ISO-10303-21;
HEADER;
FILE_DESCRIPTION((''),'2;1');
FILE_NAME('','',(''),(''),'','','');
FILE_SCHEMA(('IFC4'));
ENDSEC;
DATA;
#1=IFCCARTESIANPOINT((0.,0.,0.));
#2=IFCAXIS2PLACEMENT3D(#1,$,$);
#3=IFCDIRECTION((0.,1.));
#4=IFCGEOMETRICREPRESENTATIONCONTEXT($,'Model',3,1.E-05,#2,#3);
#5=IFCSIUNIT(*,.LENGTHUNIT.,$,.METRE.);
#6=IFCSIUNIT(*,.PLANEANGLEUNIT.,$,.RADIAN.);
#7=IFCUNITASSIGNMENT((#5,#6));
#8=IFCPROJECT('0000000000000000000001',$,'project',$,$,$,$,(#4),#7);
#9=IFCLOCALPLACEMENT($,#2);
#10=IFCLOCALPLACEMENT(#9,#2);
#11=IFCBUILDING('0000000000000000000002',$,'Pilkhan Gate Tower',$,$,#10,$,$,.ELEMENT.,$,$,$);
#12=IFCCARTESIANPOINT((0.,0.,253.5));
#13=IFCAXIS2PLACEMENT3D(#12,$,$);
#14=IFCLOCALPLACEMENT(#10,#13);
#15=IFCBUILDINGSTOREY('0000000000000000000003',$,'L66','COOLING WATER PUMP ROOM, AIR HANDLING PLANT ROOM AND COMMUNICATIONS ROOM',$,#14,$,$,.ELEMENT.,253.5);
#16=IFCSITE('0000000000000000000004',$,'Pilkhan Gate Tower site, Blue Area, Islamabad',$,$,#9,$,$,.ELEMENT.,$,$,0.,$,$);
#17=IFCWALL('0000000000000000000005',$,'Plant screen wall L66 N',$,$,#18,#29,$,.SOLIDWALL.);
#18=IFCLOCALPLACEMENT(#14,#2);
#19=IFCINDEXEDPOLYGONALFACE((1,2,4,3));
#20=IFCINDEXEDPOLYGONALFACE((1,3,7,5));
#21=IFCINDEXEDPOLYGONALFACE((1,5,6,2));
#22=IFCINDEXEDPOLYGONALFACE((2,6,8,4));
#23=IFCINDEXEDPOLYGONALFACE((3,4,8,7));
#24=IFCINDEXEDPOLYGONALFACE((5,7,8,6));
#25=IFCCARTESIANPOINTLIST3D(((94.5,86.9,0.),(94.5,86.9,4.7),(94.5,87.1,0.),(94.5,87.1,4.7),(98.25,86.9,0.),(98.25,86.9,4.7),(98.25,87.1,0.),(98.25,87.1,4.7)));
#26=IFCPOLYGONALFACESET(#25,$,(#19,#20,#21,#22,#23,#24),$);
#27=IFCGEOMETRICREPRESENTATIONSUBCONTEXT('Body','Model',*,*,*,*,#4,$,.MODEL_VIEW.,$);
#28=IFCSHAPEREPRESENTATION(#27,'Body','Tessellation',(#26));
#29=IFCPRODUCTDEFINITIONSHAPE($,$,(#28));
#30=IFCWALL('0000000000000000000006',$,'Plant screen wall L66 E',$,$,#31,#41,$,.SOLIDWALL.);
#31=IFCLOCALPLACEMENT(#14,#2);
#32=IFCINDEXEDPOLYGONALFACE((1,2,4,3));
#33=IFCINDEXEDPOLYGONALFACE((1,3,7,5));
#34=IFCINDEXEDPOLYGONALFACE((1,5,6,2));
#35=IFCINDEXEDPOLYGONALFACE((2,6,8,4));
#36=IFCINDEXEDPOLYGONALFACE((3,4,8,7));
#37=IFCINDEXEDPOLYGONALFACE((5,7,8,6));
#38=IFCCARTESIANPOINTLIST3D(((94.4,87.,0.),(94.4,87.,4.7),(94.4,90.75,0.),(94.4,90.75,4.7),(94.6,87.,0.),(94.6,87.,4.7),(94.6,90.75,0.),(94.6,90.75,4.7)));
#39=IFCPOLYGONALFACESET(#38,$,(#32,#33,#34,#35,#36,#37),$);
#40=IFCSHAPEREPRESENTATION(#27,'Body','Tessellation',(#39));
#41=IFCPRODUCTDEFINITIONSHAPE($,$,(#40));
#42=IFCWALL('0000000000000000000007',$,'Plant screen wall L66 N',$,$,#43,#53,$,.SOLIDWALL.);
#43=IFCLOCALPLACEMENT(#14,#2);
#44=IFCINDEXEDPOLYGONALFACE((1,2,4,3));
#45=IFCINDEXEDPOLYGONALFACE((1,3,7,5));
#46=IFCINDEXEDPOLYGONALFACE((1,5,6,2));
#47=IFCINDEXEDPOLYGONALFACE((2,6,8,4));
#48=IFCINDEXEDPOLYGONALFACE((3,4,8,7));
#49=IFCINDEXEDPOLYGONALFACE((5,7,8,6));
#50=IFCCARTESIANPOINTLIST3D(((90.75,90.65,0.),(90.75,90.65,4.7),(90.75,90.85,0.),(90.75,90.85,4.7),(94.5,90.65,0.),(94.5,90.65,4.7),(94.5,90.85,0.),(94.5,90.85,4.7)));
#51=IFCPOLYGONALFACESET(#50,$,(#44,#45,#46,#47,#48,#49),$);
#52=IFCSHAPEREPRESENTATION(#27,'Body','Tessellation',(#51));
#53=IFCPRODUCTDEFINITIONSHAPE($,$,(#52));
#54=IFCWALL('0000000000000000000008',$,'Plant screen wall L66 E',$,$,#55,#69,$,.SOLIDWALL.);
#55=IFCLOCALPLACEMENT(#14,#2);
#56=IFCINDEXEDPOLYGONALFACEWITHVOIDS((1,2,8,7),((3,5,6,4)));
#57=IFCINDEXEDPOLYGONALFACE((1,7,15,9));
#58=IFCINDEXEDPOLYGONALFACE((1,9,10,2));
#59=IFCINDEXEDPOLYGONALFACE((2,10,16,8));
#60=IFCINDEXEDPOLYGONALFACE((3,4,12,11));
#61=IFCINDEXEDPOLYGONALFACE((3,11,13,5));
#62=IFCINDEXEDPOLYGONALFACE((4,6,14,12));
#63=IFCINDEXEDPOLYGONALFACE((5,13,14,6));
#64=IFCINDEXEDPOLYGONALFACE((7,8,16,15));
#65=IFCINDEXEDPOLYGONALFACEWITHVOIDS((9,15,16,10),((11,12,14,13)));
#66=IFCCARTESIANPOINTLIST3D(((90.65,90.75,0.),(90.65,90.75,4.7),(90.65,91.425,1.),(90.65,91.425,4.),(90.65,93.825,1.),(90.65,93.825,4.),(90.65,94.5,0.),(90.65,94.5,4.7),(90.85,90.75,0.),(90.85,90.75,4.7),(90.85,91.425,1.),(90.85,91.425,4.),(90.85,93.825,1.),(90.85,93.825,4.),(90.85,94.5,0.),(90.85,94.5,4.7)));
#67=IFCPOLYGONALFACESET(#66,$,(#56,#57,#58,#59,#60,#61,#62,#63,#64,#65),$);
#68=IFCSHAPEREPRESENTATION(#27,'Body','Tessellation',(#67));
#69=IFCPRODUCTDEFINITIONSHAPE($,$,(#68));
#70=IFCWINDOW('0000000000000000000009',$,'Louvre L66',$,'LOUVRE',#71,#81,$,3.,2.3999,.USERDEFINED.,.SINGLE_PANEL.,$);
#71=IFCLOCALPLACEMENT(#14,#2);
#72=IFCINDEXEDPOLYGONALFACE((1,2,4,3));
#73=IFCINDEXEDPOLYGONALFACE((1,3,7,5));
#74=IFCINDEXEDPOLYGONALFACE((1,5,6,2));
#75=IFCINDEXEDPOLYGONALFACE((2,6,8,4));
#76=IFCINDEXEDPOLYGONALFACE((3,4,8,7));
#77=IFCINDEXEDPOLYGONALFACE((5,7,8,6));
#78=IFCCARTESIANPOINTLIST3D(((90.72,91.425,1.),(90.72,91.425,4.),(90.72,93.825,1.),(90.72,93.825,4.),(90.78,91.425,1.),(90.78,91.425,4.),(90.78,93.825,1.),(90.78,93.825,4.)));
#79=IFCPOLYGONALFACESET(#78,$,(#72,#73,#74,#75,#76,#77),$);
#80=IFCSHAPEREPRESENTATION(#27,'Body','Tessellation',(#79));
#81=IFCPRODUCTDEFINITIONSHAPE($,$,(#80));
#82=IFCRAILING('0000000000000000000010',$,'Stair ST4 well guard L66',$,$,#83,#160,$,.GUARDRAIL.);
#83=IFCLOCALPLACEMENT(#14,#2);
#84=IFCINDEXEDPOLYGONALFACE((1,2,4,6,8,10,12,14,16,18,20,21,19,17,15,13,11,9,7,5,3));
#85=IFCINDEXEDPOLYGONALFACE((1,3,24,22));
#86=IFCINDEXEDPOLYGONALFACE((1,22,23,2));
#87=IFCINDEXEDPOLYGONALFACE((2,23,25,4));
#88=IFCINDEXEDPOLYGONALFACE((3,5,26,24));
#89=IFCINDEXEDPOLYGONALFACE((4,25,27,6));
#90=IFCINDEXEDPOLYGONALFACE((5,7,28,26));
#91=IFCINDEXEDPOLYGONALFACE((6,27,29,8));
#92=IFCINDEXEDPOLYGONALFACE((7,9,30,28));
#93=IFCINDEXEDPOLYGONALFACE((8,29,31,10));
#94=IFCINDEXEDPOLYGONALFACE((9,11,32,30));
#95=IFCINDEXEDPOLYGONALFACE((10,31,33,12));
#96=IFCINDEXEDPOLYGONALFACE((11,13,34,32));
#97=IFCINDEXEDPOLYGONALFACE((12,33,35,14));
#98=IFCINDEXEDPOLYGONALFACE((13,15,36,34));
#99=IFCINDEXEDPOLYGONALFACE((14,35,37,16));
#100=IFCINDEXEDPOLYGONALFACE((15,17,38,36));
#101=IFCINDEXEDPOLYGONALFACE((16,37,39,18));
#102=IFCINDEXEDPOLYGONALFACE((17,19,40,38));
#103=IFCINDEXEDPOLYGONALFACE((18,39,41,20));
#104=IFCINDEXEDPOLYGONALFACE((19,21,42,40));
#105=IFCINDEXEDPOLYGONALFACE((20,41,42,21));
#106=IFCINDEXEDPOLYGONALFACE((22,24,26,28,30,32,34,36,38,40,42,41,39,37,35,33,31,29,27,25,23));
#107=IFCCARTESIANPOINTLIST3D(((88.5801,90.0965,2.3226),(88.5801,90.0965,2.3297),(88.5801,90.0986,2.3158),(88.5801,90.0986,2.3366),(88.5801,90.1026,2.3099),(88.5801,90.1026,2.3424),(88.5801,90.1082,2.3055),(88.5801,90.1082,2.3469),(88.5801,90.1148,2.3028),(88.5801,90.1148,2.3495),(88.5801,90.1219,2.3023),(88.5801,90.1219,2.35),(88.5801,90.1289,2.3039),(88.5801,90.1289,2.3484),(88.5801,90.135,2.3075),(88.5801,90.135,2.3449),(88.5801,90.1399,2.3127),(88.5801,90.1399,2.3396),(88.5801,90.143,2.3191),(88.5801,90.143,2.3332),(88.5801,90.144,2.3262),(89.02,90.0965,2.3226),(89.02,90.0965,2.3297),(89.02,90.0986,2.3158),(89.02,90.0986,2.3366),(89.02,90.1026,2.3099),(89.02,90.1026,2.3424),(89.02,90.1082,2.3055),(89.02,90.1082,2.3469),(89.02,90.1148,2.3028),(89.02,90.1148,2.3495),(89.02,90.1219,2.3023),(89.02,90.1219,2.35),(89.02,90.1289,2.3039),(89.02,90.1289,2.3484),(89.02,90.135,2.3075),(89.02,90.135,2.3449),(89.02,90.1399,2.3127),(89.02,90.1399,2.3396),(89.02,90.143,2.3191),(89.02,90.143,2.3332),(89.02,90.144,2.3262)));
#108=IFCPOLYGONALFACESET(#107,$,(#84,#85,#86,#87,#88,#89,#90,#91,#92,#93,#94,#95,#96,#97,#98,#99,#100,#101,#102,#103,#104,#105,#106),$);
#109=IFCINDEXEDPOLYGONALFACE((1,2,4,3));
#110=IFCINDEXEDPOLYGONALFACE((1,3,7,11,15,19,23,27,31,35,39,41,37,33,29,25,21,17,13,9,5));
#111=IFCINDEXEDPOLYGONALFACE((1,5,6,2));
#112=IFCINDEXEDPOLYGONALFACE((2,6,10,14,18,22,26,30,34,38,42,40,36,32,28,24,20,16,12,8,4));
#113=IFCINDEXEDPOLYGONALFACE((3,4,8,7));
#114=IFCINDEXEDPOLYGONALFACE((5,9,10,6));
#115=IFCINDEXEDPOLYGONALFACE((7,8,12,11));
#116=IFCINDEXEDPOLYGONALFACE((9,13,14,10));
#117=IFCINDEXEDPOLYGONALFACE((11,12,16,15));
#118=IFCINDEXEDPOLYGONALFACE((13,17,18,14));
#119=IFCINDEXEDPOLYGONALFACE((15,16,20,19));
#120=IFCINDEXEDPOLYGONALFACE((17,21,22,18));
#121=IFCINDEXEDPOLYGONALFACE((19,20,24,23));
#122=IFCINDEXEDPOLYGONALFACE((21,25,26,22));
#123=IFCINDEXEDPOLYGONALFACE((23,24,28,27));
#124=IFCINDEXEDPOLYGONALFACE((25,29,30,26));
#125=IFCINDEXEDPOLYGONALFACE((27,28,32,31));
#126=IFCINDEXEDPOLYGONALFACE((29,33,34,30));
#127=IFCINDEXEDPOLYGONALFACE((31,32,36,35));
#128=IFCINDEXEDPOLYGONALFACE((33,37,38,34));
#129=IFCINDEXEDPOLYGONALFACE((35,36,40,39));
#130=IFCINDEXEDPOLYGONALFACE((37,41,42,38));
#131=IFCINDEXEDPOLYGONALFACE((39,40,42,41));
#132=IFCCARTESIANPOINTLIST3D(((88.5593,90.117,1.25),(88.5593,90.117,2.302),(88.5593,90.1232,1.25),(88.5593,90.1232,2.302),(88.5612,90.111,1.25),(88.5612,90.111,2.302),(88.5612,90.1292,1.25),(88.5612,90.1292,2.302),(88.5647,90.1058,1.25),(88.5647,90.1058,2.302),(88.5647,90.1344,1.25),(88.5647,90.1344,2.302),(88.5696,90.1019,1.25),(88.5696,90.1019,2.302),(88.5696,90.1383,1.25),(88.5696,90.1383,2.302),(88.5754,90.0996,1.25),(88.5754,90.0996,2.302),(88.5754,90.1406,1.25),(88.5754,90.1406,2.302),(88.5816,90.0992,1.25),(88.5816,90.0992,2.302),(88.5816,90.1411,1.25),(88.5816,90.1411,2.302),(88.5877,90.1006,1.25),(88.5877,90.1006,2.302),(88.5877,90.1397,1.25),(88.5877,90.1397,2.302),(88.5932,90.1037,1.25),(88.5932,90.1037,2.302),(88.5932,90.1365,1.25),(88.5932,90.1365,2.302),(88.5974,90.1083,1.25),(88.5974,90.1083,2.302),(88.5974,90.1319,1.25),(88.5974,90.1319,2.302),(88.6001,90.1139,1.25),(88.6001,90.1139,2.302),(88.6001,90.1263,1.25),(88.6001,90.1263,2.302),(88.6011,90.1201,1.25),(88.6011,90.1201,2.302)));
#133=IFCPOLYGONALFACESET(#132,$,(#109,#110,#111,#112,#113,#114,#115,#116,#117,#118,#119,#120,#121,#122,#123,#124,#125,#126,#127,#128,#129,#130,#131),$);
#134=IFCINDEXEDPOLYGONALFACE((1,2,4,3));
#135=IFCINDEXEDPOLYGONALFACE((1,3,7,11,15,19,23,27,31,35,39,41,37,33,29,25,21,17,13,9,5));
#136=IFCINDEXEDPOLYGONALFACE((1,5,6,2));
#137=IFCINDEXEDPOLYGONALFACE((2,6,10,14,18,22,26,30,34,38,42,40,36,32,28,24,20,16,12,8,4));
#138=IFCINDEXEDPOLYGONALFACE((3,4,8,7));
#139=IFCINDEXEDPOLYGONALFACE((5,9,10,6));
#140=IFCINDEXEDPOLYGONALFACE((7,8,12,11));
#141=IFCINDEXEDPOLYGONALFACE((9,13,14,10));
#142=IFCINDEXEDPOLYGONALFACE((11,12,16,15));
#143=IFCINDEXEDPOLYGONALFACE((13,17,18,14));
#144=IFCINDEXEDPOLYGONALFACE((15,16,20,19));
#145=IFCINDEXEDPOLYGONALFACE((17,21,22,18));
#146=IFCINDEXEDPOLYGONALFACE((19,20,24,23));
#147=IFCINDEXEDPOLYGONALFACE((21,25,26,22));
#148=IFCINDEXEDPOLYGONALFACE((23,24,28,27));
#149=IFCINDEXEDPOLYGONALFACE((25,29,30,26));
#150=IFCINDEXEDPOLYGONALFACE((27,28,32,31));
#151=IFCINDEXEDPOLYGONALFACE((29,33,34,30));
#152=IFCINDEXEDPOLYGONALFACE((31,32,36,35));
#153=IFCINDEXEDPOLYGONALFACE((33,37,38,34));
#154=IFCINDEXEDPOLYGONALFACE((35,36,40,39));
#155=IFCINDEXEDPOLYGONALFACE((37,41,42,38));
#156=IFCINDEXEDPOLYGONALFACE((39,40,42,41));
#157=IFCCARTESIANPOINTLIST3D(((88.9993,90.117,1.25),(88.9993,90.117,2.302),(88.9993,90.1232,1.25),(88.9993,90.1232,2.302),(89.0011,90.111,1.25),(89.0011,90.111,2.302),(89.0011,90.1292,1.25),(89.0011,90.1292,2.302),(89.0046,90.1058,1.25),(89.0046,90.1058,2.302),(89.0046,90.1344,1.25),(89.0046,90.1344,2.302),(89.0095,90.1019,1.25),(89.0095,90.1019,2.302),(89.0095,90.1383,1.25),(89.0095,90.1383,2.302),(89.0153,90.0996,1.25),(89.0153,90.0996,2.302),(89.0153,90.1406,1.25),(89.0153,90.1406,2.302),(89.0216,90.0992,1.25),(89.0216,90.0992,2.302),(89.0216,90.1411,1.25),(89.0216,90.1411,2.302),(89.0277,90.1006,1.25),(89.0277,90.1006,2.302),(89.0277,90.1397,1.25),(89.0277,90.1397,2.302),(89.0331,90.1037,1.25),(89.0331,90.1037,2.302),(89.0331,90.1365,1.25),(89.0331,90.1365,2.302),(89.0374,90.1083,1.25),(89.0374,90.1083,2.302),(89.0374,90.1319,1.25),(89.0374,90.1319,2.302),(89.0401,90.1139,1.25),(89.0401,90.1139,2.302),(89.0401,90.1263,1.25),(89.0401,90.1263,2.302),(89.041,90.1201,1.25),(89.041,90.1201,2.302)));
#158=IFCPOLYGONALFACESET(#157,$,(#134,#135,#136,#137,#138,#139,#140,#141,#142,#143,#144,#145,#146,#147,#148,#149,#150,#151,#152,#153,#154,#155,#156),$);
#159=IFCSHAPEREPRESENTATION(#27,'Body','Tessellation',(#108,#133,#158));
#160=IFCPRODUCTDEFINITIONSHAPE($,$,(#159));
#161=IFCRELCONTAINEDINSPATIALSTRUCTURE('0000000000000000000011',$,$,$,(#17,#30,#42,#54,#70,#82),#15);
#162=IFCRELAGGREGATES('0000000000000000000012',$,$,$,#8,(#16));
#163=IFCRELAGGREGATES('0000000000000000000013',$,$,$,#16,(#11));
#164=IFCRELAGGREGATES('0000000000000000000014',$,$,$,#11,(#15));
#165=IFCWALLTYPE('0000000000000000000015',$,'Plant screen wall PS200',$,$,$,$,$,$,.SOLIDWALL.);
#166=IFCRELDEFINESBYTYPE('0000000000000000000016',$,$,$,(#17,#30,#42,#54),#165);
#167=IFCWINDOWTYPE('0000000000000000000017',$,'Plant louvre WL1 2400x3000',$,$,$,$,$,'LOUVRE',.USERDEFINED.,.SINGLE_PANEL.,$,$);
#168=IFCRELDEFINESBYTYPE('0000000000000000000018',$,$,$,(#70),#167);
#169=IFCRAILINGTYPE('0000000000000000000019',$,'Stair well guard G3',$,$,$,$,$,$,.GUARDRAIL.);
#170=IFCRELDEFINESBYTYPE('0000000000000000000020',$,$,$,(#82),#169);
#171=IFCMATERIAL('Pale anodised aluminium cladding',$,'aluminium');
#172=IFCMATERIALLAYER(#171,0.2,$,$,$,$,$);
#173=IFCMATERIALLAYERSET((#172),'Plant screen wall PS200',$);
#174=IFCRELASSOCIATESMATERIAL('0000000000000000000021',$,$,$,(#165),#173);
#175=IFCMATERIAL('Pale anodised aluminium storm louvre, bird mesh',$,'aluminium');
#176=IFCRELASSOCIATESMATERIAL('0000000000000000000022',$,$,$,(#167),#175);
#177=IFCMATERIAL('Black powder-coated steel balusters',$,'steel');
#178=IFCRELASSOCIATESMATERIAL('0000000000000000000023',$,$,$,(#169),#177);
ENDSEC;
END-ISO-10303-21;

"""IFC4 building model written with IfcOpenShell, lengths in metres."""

from ifc_helpers import new_model, si_unit, direction, frame, frame_2d, origin, origin_2d, place, context, subcontext, project, spatial, rectangle, circle, extrude, material, layer, layer_set, type_object, element, fill, save


model = new_model("IFC4")

# Units and contexts
model_context = context("Model", 3, precision=1e-05, world=origin(), true_north=direction((0.0, 1.0)))
body_context = subcontext(model_context, "Body", "Model", "MODEL_VIEW")
ifc_project = project(units=[si_unit("LENGTHUNIT", "METRE"), si_unit("PLANEANGLEUNIT", "RADIAN")], contexts=[model_context])

# Site, building, storey
site_placement = place(None, origin())
site = spatial("IfcSite", under=ifc_project, at=site_placement, Name="Pilkhan Gate Tower site, Blue Area, Islamabad", CompositionType="ELEMENT", RefElevation=0.0)
building_placement = place(site_placement, origin())
building = spatial("IfcBuilding", under=site, at=building_placement, Name="Pilkhan Gate Tower", CompositionType="ELEMENT")
storey_placement = place(building_placement, frame((0.0, 0.0, 253.5)))
storey = spatial("IfcBuildingStorey", under=building, at=storey_placement, Name="L66", Description="COOLING WATER PUMP ROOM, AIR HANDLING PLANT ROOM AND COMMUNICATIONS ROOM", CompositionType="ELEMENT", Elevation=253.5)

# Walls
ifc_material_1 = material(Name="Pale anodised aluminium cladding", Category="aluminium")
ifc_layer_1 = layer(ifc_material_1, 0.2)
ifc_layer_set_1 = layer_set([ifc_layer_1], Name="Plant screen wall PS200")
wall_type_1 = type_object("IfcWallType", Name="Plant screen wall PS200", PredefinedType="SOLIDWALL", material=ifc_layer_set_1)
for number, where, z_axis, x_axis, name in (
    (1, (94.5, 87.0, 0.0), (0.0, 0.0, 1.0), (1.0, 0.0, 0.0), "Plant screen wall L66 N"),
    (2, (94.5, 87.0, 0.0), (0.0, 0.0, 1.0), (0.0, 1.0, 0.0), "Plant screen wall L66 E"),
    (3, (90.75, 90.75, 0.0), (0.0, 0.0, 1.0), (1.0, 0.0, 0.0), "Plant screen wall L66 N"),
):
    element("IfcWall", number, at=place(storey_placement, frame(where, z_axis=z_axis, x_axis=x_axis)), inside=storey, type_object=wall_type_1, Name=name, PredefinedType="SOLIDWALL", context=body_context, shape_type="SweptSolid", body=[
        extrude(rectangle(XDim=3.75, YDim=0.2, at=frame_2d((1.875, 0.0))), origin(), (0.0, 0.0, 1.0), 4.7),
    ])

# Wall, opening, window
wall_1_placement = place(storey_placement, frame((90.75, 90.75, 0.0), z_axis=(0.0, 0.0, 1.0), x_axis=(0.0, 1.0, 0.0)))
wall_1 = element("IfcWall", 4, at=wall_1_placement, inside=storey, type_object=wall_type_1, Name="Plant screen wall L66 E", PredefinedType="SOLIDWALL", context=body_context, shape_type="SweptSolid", body=[
    extrude(rectangle(XDim=3.75, YDim=0.2, at=frame_2d((1.875, 0.0))), origin(), (0.0, 0.0, 1.0), 4.7),
])
opening_placement = place(wall_1_placement, frame((0.675, 0.0, 1.0)))
opening = element("IfcOpeningElement", 5, at=opening_placement, cuts=wall_1, PredefinedType="OPENING", context=body_context, shape_type="SweptSolid", body=[
    extrude(rectangle(XDim=2.3999, YDim=3.0, at=frame_2d((1.2, 1.5))), frame((0.0, 0.1099, 0.0), z_axis=(0.0, -1.0, 0.0), x_axis=(1.0, 0.0, 0.0)), (0.0, 0.0, 1.0), 0.22),
])
ifc_material_2 = material(Name="Pale anodised aluminium storm louvre, bird mesh", Category="aluminium")
window_type = type_object("IfcWindowType", Name="Plant louvre WL1 2400x3000", ElementType="LOUVRE", PartitioningType="SINGLE_PANEL", PredefinedType="USERDEFINED", material=ifc_material_2)
window_placement = place(opening_placement, origin())
window = element("IfcWindow", 6, at=window_placement, inside=storey, type_object=window_type, Name="Louvre L66", ObjectType="LOUVRE", OverallHeight=3.0, OverallWidth=2.3999, PartitioningType="SINGLE_PANEL", PredefinedType="USERDEFINED", context=body_context, shape_type="SweptSolid", body=[
    extrude(rectangle(XDim=2.3999, YDim=3.0, at=frame_2d((1.2, 1.5))), frame((0.0, 0.03, 0.0), z_axis=(0.0, -1.0, 0.0), x_axis=(1.0, 0.0, 0.0)), (0.0, 0.0, 1.0), 0.0601),
])
fill(opening, window)

# Railing
ifc_material_3 = material(Name="Black powder-coated steel balusters", Category="steel")
railing_type = type_object("IfcRailingType", Name="Stair well guard G3", PredefinedType="GUARDRAIL", material=ifc_material_3)
for number, where, name in (
    (7, (88.5801, 90.1201, 1.25), "Stair ST4 well guard L66"),
):
    element("IfcRailing", number, at=place(storey_placement, frame(where)), inside=storey, type_object=railing_type, Name=name, PredefinedType="GUARDRAIL", context=body_context, shape_type="SweptSolid", body=[
        extrude(circle(Radius=0.0239, at=origin_2d()), frame((0.0, 0.0, 1.0762), z_axis=(1.0, 0.0, 0.0), x_axis=(0.0, 1.0, 0.0)), (0.0, 0.0, 1.0), 0.4399),
        extrude(circle(Radius=0.021, at=origin_2d()), origin(), (0.0, 0.0, 1.0), 1.052),
        extrude(circle(Radius=0.021, at=origin_2d()), frame((0.4399, 0.0, 0.0)), (0.0, 0.0, 1.0), 1.052),
    ])

save(model, "model.ifc")
